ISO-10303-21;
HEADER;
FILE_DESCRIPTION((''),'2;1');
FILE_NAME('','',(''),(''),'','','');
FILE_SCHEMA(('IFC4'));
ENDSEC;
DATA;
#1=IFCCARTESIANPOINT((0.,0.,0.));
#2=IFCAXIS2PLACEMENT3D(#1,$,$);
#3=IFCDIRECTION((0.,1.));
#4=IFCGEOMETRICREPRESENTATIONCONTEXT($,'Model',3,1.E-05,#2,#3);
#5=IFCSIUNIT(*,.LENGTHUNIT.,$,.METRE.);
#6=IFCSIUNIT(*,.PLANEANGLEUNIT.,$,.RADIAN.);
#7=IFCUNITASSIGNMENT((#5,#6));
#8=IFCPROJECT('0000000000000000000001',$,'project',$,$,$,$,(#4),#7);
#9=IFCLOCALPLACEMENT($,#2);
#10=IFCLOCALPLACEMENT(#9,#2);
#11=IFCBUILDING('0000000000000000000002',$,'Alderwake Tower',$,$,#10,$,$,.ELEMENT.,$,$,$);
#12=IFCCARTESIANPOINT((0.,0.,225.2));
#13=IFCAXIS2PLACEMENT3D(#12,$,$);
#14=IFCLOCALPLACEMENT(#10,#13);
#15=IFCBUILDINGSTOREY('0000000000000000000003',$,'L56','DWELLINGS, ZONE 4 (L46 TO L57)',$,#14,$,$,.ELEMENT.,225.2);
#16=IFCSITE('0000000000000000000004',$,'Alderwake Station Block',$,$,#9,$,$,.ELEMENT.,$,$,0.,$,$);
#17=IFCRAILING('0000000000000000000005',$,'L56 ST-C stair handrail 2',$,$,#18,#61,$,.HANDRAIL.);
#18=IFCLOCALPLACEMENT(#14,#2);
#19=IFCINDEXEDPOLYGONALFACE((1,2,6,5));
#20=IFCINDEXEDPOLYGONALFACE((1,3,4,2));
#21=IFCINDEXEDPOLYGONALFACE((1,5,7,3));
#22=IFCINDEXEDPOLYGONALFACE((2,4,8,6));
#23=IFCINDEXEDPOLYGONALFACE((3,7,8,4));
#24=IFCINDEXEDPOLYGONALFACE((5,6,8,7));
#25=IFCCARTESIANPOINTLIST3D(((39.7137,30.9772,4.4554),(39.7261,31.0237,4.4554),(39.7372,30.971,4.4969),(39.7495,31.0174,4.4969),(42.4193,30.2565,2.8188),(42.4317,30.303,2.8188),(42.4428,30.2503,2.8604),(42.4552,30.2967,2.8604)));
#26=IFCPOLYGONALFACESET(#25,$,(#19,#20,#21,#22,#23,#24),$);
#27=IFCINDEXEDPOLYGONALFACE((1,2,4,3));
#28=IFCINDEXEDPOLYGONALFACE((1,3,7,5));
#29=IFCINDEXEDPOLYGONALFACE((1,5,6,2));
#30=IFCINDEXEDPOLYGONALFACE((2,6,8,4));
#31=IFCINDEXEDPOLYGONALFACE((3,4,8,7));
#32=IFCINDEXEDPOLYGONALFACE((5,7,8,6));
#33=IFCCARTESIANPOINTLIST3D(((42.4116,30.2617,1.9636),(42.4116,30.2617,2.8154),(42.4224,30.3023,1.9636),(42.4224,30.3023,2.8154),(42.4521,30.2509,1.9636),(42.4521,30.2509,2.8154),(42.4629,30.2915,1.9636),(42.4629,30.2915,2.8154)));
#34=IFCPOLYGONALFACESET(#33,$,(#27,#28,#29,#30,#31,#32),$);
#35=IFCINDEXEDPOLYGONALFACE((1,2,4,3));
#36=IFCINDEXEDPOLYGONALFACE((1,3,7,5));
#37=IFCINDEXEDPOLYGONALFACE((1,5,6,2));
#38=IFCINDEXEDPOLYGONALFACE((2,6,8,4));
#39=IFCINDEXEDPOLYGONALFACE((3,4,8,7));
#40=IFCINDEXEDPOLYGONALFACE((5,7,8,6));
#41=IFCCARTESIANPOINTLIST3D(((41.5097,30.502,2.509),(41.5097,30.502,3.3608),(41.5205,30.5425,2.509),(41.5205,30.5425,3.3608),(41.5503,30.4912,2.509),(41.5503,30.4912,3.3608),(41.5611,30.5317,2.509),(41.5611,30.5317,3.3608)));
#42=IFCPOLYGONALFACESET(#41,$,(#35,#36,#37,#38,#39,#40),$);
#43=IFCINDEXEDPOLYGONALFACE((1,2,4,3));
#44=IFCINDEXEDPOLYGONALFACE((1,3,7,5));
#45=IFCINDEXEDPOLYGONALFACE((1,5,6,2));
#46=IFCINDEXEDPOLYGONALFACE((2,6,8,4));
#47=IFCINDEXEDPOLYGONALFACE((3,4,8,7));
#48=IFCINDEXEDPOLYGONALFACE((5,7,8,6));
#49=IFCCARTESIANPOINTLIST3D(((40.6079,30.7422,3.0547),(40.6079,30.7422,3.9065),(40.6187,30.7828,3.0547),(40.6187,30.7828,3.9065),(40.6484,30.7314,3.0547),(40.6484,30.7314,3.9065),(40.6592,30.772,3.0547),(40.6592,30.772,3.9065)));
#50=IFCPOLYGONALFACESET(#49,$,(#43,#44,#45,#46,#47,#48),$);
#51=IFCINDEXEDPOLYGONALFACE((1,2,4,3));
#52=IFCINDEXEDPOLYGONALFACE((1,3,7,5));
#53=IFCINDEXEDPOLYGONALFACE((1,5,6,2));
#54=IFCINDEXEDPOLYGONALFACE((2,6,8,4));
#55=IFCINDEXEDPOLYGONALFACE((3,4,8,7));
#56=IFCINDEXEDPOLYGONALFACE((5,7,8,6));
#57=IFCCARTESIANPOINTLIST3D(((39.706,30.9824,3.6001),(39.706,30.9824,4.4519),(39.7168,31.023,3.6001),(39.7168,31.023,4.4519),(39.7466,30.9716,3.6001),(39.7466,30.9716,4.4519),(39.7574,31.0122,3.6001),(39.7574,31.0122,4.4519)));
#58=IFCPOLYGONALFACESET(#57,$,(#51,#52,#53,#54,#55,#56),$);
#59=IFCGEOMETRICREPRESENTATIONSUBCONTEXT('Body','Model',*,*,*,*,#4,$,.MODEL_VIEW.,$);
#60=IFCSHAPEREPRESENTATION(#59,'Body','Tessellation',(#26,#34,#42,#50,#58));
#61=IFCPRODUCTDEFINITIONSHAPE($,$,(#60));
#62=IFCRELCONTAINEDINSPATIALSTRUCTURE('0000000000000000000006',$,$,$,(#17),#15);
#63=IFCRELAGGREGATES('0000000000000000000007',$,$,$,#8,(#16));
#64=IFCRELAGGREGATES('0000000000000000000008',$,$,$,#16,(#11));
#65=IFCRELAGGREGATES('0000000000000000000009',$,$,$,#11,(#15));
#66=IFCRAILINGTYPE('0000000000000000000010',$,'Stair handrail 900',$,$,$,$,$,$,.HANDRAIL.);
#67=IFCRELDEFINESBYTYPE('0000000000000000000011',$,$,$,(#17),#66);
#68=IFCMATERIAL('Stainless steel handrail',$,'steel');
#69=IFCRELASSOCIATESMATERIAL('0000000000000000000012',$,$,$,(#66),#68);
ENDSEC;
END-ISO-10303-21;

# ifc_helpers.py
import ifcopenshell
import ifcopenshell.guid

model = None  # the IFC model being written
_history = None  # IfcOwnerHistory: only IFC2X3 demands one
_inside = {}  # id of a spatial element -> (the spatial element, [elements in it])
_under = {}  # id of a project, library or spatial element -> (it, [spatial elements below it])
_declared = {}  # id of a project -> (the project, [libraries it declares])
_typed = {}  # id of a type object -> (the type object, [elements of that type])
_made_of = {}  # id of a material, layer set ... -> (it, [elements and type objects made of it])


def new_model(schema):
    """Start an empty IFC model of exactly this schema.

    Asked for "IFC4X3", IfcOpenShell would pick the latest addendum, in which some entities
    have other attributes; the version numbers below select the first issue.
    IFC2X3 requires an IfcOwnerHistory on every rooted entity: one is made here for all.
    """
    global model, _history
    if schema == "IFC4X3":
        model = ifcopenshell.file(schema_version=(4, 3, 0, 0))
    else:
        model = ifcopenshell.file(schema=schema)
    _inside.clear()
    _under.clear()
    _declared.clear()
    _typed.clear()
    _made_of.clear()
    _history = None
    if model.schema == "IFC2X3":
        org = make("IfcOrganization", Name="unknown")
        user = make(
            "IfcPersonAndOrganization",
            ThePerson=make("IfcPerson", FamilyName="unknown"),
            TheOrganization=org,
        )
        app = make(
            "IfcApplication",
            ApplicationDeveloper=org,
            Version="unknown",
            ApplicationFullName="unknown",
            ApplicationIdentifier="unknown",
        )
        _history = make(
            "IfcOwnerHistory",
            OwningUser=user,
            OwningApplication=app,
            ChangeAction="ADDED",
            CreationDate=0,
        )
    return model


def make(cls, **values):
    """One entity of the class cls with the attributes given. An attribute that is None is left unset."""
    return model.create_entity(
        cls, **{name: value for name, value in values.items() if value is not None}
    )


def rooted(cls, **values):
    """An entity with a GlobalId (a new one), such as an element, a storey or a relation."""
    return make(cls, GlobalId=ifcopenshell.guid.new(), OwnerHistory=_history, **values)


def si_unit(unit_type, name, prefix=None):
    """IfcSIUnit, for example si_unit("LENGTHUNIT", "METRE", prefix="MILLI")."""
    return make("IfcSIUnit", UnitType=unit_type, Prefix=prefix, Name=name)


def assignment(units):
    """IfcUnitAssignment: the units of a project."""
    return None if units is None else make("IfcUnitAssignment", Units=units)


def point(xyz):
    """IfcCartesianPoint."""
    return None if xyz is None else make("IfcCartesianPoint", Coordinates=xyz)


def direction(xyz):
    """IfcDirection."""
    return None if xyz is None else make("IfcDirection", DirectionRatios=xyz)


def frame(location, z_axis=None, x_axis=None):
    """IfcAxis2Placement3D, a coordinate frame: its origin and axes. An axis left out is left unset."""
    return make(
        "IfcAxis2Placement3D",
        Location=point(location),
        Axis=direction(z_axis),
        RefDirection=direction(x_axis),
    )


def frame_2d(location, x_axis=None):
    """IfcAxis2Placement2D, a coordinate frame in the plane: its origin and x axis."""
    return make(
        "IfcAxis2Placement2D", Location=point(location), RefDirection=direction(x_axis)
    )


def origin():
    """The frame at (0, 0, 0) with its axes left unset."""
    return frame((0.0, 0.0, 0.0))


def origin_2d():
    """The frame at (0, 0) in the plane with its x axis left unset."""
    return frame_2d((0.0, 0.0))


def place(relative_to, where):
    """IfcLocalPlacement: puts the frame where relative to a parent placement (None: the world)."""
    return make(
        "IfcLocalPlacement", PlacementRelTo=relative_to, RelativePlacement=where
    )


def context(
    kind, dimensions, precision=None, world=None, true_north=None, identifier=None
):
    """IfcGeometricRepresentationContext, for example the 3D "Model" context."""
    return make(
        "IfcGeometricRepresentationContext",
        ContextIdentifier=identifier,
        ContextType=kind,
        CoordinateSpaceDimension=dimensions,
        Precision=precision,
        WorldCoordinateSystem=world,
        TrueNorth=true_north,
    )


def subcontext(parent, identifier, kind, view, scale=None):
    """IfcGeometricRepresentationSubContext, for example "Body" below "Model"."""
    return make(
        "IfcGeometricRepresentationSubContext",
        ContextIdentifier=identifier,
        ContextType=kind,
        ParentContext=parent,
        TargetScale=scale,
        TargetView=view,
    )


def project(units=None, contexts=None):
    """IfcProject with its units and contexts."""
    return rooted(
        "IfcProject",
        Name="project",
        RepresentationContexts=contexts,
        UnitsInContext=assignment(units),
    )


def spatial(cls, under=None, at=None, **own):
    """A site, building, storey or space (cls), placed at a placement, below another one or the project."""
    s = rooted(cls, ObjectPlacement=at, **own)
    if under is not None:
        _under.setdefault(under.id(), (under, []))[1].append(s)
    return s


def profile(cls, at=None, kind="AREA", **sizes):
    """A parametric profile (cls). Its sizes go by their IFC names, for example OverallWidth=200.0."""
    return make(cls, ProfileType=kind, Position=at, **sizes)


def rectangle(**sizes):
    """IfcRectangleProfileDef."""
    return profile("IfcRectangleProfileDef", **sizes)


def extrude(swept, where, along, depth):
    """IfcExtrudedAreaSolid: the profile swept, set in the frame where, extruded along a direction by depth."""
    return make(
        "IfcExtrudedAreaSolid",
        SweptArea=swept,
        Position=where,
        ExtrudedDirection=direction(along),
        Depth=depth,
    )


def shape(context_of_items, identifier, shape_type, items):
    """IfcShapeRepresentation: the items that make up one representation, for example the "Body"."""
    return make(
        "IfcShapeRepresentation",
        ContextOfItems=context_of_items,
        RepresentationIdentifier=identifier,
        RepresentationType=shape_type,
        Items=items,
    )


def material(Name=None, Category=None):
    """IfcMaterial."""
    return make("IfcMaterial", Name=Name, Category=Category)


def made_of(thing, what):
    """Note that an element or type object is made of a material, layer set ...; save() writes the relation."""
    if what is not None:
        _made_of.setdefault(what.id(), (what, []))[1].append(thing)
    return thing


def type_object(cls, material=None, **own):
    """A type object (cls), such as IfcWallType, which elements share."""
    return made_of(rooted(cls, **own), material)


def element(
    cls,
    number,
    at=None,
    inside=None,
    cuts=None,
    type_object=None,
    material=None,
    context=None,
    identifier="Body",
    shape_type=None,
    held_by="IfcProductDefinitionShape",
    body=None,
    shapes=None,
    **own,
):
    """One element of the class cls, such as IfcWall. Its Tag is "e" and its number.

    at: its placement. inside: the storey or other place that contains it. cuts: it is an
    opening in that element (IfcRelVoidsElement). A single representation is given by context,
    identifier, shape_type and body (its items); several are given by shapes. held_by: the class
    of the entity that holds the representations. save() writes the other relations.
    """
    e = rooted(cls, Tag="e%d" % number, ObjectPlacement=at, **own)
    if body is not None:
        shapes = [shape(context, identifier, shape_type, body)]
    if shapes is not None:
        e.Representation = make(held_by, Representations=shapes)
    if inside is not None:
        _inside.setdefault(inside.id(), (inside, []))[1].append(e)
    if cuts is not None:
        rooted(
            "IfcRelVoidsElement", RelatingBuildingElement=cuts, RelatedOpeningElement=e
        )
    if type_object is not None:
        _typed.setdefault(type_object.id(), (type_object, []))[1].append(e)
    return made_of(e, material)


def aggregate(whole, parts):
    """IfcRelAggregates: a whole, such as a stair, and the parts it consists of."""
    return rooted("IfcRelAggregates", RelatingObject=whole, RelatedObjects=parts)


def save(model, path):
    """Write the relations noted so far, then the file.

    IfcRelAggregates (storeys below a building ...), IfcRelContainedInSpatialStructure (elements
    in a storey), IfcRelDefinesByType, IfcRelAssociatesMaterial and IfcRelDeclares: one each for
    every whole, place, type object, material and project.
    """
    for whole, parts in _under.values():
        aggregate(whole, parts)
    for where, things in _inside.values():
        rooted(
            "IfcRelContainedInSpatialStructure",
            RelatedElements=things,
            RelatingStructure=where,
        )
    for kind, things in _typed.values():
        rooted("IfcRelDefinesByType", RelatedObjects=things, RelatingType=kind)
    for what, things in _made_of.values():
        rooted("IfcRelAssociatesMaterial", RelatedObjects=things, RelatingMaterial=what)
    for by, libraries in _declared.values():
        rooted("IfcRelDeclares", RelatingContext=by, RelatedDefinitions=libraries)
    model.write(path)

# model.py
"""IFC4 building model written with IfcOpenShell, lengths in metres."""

from ifc_helpers import new_model, si_unit, direction, frame, origin, origin_2d, place, context, subcontext, project, spatial, rectangle, extrude, material, type_object, element, save


model = new_model("IFC4")

# Units and contexts
model_context = context("Model", 3, precision=1e-05, world=origin(), true_north=direction((0.0, 1.0)))
body_context = subcontext(model_context, "Body", "Model", "MODEL_VIEW")
ifc_project = project(units=[si_unit("LENGTHUNIT", "METRE"), si_unit("PLANEANGLEUNIT", "RADIAN")], contexts=[model_context])

# Site, building, storey
site_placement = place(None, origin())
site = spatial("IfcSite", under=ifc_project, at=site_placement, Name="Alderwake Station Block", CompositionType="ELEMENT", RefElevation=0.0)
building_placement = place(site_placement, origin())
building = spatial("IfcBuilding", under=site, at=building_placement, Name="Alderwake Tower", CompositionType="ELEMENT")
storey_placement = place(building_placement, frame((0.0, 0.0, 225.2)))
storey = spatial("IfcBuildingStorey", under=building, at=storey_placement, Name="L56", Description="DWELLINGS, ZONE 4 (L46 TO L57)", CompositionType="ELEMENT", Elevation=225.2)

# Railing
ifc_material_1 = material(Name="Stainless steel handrail", Category="steel")
railing_type_1 = type_object("IfcRailingType", Name="Stair handrail 900", PredefinedType="HANDRAIL", material=ifc_material_1)
railing_1_placement = place(storey_placement, frame((42.4373, 30.2766, 1.9636)))
element("IfcRailing", 1, at=railing_1_placement, inside=storey, type_object=railing_type_1, Name="L56 ST-C stair handrail 2", PredefinedType="HANDRAIL", context=body_context, shape_type="SweptSolid", body=[
    extrude(rectangle(XDim=0.0481, YDim=0.0481, at=origin_2d()), frame((0.0, 0.0, 0.876), z_axis=(-0.834259, 0.222228, 0.504605), x_axis=(-0.257402, -0.966304, 0.0)), (0.0, 0.0, 1.0), 3.2432),
    extrude(rectangle(XDim=0.042, YDim=0.042, at=origin_2d()), frame((0.0, 0.0, 0.0), z_axis=(0.0, 0.0, 1.0), x_axis=(-0.966304, 0.257402, 0.0)), (0.0, 0.0, 1.0), 0.8518),
    extrude(rectangle(XDim=0.042, YDim=0.042, at=origin_2d()), frame((-0.9019, 0.2402, 0.5454), z_axis=(0.0, 0.0, 1.0), x_axis=(-0.966304, 0.257402, 0.0)), (0.0, 0.0, 1.0), 0.8518),
    extrude(rectangle(XDim=0.042, YDim=0.042, at=origin_2d()), frame((-1.8037, 0.4805, 1.0911), z_axis=(0.0, 0.0, 1.0), x_axis=(-0.966304, 0.257402, 0.0)), (0.0, 0.0, 1.0), 0.8518),
    extrude(rectangle(XDim=0.042, YDim=0.042, at=origin_2d()), frame((-2.7056, 0.7207, 1.6365), z_axis=(0.0, 0.0, 1.0), x_axis=(-0.966304, 0.257402, 0.0)), (0.0, 0.0, 1.0), 0.8518),
])

save(model, "model.ifc")
